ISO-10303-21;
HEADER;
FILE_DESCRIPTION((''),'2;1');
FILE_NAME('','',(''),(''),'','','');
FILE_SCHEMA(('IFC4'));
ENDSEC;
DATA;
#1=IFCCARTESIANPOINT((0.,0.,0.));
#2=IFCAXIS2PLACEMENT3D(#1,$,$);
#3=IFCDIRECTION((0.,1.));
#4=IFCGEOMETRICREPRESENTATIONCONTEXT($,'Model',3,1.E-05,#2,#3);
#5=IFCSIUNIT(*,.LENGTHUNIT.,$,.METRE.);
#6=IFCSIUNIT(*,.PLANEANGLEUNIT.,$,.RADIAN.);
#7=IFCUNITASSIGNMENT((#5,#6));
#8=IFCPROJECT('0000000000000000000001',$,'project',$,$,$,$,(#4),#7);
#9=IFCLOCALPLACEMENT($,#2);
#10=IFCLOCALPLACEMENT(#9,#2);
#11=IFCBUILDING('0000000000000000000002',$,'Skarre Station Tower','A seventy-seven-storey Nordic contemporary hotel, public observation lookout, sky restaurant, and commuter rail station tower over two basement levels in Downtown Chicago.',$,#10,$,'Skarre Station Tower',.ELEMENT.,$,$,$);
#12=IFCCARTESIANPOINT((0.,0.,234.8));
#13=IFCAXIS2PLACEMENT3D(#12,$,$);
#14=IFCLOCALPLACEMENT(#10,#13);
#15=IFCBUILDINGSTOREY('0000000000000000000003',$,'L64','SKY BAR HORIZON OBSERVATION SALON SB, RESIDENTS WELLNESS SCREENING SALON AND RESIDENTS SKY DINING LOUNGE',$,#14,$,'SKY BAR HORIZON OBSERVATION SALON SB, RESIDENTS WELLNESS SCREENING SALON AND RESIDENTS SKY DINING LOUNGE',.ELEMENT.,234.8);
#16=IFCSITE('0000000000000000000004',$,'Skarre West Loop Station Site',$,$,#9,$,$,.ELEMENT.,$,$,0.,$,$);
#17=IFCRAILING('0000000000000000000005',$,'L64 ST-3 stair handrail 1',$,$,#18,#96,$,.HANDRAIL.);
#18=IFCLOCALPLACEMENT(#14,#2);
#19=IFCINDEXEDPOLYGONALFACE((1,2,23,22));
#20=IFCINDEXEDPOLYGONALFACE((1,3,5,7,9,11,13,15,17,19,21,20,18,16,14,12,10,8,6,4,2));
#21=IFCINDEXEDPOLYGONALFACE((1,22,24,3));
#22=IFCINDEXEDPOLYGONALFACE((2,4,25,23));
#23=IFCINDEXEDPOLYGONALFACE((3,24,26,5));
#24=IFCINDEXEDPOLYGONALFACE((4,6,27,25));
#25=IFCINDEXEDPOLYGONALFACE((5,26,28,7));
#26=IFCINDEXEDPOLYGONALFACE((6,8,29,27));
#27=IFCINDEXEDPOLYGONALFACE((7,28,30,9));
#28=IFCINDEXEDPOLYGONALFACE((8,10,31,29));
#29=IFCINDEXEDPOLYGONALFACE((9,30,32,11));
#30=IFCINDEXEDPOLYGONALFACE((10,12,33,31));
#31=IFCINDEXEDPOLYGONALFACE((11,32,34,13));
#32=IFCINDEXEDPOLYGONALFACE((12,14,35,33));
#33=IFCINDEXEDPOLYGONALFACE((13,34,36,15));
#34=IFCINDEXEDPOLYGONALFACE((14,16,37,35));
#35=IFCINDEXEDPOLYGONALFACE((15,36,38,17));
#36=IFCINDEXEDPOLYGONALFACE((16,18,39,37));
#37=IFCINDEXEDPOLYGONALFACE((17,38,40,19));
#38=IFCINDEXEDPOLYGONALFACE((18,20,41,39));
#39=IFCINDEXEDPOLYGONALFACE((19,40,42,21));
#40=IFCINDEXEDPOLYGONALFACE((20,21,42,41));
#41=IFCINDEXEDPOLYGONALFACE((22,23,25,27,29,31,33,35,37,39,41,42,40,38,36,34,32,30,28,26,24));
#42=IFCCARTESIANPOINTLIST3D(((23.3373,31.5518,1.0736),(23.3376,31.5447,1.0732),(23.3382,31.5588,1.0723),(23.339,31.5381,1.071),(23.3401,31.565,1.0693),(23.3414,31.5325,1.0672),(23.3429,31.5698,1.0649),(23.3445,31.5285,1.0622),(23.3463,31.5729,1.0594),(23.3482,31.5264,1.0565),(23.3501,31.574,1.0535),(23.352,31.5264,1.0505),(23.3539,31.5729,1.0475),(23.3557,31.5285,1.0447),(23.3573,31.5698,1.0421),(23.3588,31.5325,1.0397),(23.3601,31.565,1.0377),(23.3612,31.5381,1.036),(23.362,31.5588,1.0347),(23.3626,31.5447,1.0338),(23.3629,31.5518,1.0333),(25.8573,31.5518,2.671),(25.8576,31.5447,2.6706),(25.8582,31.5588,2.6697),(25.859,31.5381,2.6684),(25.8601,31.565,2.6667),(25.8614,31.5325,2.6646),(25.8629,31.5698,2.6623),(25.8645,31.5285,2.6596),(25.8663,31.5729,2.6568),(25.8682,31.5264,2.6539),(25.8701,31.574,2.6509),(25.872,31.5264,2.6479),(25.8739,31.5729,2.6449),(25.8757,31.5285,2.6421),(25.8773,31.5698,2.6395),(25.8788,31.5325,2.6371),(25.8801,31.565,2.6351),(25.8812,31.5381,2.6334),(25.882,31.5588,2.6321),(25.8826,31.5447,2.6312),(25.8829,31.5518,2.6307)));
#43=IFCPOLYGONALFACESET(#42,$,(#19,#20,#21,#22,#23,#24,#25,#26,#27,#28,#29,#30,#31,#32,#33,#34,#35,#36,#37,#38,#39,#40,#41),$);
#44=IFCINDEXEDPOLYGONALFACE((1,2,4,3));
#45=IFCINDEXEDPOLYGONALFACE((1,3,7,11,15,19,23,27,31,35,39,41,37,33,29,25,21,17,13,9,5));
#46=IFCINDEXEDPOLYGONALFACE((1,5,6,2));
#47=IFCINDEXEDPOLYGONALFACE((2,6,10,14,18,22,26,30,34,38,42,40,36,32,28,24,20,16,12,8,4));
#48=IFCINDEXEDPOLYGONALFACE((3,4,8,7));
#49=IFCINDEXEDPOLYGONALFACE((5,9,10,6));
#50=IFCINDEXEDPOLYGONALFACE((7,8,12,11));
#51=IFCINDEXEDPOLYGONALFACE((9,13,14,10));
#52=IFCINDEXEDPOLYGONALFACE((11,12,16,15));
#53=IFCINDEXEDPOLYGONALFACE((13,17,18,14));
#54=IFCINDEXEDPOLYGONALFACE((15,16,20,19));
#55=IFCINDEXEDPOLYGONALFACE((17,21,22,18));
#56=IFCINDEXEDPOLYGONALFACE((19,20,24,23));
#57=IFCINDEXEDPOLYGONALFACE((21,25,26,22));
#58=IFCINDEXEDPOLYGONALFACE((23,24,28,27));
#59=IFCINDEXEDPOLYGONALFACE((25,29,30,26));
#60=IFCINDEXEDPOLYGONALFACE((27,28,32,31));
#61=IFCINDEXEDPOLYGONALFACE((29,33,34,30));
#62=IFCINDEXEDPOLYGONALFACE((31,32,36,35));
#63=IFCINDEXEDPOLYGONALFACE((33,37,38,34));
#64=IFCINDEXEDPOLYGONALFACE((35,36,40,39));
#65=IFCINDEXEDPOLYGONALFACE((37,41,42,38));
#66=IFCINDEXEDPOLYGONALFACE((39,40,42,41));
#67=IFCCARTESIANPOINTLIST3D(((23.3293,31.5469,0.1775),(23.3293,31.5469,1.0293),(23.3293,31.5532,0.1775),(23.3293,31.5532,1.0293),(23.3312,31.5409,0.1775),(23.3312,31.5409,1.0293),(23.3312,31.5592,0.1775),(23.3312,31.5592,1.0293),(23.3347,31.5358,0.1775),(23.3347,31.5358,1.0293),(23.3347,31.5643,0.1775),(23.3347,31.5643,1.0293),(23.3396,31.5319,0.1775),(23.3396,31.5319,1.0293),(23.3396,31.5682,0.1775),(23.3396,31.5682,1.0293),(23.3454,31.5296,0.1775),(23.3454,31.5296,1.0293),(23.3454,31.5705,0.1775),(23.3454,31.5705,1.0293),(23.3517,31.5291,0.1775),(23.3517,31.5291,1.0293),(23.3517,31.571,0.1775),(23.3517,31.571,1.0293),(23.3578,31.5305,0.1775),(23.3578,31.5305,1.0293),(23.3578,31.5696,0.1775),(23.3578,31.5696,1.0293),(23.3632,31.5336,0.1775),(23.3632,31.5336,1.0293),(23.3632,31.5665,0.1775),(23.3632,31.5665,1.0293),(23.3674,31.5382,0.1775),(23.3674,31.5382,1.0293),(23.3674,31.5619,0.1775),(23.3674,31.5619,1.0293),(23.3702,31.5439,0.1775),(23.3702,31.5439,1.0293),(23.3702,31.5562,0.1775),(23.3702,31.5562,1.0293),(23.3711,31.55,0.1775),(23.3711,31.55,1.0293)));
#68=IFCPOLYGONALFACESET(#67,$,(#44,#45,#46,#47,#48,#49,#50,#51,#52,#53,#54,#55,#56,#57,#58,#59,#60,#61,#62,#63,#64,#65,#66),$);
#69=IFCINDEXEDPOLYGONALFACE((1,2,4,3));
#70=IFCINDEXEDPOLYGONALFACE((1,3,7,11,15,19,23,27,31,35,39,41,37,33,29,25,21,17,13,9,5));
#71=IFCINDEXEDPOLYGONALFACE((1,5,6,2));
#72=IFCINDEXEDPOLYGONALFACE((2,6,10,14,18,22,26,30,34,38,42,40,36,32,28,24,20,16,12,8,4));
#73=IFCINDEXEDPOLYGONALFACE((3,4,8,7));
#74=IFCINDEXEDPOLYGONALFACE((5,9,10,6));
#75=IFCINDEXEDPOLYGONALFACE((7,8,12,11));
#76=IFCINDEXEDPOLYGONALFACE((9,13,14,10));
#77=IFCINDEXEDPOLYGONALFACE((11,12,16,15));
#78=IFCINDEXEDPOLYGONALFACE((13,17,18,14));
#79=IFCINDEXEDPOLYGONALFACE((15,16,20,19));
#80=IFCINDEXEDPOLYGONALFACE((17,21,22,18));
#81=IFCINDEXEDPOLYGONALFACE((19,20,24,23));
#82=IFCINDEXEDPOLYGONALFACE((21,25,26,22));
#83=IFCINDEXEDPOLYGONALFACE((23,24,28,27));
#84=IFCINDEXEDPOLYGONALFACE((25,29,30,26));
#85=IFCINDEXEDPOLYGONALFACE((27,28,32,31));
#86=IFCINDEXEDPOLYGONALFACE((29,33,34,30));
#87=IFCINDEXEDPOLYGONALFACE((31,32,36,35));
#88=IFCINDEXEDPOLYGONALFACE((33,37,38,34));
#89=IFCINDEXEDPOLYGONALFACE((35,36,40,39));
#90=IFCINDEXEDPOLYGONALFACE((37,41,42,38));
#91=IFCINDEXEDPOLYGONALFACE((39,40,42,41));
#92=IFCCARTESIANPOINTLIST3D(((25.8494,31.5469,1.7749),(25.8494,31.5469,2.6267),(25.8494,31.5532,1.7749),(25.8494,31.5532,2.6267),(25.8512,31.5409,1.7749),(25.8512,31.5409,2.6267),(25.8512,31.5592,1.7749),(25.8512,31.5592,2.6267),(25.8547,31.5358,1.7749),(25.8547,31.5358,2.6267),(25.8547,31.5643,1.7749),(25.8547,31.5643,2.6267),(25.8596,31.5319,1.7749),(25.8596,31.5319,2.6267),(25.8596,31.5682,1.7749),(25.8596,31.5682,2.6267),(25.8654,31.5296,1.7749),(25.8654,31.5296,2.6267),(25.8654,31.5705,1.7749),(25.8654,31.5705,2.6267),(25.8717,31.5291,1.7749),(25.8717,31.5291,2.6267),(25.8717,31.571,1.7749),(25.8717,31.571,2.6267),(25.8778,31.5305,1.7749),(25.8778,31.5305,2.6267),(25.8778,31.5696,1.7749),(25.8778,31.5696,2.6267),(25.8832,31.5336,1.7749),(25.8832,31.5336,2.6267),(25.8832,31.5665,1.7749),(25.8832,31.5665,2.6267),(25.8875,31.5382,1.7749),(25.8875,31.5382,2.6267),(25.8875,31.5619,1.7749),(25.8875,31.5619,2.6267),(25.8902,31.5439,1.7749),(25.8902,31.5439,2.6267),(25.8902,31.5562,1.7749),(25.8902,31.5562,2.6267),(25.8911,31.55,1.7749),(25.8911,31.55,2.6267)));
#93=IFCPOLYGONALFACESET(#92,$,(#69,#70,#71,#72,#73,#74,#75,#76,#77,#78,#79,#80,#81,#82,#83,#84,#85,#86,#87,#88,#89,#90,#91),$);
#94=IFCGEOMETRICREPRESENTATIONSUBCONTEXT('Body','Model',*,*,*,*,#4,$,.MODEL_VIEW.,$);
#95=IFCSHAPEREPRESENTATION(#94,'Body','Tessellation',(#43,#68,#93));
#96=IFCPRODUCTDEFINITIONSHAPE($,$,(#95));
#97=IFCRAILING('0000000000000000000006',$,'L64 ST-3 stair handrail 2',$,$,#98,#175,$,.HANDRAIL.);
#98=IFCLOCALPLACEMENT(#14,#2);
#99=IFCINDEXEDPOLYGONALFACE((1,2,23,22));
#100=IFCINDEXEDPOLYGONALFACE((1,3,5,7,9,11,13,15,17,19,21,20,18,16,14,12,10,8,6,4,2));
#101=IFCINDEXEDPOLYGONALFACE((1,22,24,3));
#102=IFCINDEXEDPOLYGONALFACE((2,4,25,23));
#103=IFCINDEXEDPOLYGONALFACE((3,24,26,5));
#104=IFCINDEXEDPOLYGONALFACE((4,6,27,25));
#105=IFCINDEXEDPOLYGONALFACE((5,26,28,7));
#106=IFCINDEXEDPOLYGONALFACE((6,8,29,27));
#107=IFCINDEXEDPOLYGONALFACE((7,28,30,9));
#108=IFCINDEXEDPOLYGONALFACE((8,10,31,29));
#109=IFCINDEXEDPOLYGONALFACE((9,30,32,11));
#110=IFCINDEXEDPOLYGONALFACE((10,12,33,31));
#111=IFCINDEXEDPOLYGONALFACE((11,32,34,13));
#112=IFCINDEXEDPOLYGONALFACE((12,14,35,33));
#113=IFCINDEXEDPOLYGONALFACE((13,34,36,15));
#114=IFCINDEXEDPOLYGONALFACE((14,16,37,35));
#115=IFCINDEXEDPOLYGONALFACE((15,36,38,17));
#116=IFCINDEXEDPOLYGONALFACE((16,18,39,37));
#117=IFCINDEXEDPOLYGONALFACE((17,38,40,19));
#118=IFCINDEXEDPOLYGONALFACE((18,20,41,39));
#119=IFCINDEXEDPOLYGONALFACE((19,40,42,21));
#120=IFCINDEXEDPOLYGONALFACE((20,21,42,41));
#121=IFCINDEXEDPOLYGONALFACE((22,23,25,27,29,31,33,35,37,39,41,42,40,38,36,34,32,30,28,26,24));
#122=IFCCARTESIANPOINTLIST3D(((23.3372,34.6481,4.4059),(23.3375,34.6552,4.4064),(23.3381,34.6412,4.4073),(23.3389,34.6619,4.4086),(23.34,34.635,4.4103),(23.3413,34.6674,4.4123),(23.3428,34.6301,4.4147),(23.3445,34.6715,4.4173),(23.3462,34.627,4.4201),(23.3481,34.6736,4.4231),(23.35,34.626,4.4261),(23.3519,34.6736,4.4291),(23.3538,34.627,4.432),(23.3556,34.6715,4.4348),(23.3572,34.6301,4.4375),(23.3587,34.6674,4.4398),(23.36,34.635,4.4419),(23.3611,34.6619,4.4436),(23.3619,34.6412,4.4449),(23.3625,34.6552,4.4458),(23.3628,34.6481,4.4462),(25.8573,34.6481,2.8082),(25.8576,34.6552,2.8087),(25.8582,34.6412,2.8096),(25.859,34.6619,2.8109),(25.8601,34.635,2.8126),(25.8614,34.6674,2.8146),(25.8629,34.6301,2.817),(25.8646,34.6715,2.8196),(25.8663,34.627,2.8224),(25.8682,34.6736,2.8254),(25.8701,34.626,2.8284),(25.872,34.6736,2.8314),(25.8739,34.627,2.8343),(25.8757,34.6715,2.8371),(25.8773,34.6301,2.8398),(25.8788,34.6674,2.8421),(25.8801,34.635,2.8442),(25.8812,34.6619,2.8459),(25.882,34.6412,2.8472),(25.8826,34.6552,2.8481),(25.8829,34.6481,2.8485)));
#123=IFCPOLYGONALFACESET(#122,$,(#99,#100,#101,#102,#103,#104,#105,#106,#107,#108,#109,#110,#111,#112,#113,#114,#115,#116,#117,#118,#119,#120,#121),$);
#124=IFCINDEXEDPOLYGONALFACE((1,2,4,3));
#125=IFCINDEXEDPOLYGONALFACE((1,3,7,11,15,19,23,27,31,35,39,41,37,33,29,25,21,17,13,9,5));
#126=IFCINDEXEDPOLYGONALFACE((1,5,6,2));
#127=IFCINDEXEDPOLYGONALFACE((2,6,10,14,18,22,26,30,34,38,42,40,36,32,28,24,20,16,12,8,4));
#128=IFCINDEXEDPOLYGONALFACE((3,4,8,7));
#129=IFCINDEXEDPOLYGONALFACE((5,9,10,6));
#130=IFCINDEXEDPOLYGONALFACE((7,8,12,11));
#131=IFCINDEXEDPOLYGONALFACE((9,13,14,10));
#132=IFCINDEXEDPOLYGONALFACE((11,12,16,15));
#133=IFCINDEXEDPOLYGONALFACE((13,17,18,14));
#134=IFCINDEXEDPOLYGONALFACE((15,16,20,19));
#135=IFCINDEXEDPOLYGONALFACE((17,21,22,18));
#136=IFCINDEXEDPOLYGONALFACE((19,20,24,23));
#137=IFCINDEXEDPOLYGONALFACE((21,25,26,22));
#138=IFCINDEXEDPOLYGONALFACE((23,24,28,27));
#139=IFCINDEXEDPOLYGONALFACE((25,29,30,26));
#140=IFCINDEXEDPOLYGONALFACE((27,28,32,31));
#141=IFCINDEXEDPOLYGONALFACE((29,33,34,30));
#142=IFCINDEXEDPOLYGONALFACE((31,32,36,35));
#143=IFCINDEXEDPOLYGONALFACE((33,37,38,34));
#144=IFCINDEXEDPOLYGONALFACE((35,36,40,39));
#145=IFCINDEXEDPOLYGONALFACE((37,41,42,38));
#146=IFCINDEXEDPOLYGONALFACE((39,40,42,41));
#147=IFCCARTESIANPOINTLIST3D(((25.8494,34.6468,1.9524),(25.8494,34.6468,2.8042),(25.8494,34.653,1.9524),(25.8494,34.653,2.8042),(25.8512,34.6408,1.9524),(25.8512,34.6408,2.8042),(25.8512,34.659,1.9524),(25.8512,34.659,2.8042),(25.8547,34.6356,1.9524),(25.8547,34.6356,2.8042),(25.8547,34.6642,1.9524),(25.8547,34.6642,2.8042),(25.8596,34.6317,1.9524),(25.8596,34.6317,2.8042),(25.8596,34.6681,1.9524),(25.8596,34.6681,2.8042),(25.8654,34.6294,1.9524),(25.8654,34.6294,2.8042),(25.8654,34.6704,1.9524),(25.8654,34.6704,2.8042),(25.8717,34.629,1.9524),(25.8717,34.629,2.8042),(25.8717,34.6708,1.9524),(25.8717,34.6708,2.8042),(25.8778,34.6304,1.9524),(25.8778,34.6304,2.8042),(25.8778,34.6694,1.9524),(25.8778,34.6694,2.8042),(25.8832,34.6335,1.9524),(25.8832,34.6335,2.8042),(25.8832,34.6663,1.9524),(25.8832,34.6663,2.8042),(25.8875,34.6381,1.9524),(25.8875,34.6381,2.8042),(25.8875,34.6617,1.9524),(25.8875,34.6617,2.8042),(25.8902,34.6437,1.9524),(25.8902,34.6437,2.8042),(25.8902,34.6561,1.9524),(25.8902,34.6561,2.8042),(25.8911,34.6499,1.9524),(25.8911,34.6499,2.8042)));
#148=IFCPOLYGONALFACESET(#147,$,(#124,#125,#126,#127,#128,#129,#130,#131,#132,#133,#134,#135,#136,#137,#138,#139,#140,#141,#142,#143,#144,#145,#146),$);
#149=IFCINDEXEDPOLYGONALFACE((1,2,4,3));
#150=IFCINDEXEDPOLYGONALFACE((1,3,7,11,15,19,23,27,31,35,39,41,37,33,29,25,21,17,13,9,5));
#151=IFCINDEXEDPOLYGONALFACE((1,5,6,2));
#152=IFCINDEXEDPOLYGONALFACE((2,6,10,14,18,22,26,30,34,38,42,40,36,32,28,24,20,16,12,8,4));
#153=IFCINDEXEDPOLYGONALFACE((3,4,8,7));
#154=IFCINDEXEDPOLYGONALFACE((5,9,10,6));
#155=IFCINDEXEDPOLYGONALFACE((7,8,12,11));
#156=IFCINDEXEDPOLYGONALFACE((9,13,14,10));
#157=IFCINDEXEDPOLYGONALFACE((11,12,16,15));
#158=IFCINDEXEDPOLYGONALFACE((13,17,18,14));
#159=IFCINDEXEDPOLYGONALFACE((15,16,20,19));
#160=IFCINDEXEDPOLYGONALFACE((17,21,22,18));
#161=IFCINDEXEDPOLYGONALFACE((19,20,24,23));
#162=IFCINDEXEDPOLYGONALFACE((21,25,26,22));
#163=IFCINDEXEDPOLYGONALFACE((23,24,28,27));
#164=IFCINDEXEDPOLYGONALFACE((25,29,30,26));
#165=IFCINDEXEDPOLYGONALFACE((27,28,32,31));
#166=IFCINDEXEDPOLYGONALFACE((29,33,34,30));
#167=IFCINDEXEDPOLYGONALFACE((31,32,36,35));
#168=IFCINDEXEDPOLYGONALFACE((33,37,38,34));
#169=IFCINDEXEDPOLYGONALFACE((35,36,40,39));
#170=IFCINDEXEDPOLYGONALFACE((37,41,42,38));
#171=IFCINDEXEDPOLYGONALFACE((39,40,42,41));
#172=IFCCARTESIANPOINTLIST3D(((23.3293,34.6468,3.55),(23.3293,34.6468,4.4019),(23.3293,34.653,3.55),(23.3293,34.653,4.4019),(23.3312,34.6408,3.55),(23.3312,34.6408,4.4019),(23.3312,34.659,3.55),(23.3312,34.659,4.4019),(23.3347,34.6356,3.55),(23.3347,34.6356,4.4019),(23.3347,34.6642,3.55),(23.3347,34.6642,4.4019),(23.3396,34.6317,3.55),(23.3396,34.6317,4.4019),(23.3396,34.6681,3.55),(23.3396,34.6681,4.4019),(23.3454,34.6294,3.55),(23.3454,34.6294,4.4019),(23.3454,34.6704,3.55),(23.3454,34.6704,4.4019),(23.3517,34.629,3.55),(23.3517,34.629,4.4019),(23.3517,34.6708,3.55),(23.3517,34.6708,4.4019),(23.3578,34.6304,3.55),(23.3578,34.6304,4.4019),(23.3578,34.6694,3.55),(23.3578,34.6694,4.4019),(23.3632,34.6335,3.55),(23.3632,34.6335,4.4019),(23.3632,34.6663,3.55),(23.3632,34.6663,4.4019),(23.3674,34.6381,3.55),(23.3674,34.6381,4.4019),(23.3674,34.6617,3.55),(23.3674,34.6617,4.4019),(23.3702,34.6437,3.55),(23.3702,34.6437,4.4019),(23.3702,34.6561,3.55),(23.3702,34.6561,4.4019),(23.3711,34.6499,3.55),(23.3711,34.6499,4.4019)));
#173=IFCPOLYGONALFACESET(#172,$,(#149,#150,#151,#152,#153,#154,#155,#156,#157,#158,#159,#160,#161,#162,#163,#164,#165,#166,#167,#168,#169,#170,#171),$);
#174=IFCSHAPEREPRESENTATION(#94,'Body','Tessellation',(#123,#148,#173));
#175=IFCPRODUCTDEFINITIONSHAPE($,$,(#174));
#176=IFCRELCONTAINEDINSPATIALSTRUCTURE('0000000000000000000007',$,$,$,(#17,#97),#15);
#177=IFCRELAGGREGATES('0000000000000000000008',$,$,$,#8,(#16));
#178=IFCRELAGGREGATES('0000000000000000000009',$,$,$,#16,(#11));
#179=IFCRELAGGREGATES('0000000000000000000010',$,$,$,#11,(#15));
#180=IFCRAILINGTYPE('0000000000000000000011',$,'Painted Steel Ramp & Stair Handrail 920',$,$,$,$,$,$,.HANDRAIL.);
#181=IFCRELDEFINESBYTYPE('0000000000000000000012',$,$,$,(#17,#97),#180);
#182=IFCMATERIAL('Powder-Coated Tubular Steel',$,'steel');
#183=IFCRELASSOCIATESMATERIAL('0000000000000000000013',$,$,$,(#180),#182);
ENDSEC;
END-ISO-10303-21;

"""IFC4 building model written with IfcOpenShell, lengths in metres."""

from ifc_helpers import new_model, si_unit, direction, frame, origin, origin_2d, place, context, subcontext, project, spatial, circle, extrude, material, type_object, element, save


model = new_model("IFC4")

# Units and contexts
model_context = context("Model", 3, precision=1e-05, world=origin(), true_north=direction((0.0, 1.0)))
body_context = subcontext(model_context, "Body", "Model", "MODEL_VIEW")
ifc_project = project(units=[si_unit("LENGTHUNIT", "METRE"), si_unit("PLANEANGLEUNIT", "RADIAN")], contexts=[model_context])

# Site, building, storey
site_placement = place(None, origin())
site = spatial("IfcSite", under=ifc_project, at=site_placement, Name="Skarre West Loop Station Site", CompositionType="ELEMENT", RefElevation=0.0)
building_placement = place(site_placement, origin())
building = spatial("IfcBuilding", under=site, at=building_placement, Name="Skarre Station Tower", Description="A seventy-seven-storey Nordic contemporary hotel, public observation lookout, sky restaurant, and commuter rail station tower over two basement levels in Downtown Chicago.", LongName="Skarre Station Tower", CompositionType="ELEMENT")
storey_placement = place(building_placement, frame((0.0, 0.0, 234.8)))
storey = spatial("IfcBuildingStorey", under=building, at=storey_placement, Name="L64", Description="SKY BAR HORIZON OBSERVATION SALON SB, RESIDENTS WELLNESS SCREENING SALON AND RESIDENTS SKY DINING LOUNGE", LongName="SKY BAR HORIZON OBSERVATION SALON SB, RESIDENTS WELLNESS SCREENING SALON AND RESIDENTS SKY DINING LOUNGE", CompositionType="ELEMENT", Elevation=234.8)

# Railings
ifc_material_1 = material(Name="Powder-Coated Tubular Steel", Category="steel")
railing_type_1 = type_object("IfcRailingType", Name="Painted Steel Ramp & Stair Handrail 920", PredefinedType="HANDRAIL", material=ifc_material_1)
railing_1_placement = place(storey_placement, frame((23.3501, 31.55, 0.1775)))
element("IfcRailing", 1, at=railing_1_placement, inside=storey, type_object=railing_type_1, Name="L64 ST-3 stair handrail 1", PredefinedType="HANDRAIL", context=body_context, shape_type="SweptSolid", body=[
    extrude(circle(Radius=0.0239, at=origin_2d()), frame((0.0, 0.0, 0.876), z_axis=(0.844607, 0.0, 0.535387), x_axis=(0.0, 1.0, 0.0)), (0.0, 0.0, 1.0), 2.9836),
    extrude(circle(Radius=0.021, at=origin_2d()), origin(), (0.0, 0.0, 1.0), 0.8518),
    extrude(circle(Radius=0.021, at=origin_2d()), frame((2.52, 0.0, 1.5974)), (0.0, 0.0, 1.0), 0.8518),
])
railing_2_placement = place(storey_placement, frame((25.8701, 34.6499, 1.9524)))
element("IfcRailing", 2, at=railing_2_placement, inside=storey, type_object=railing_type_1, Name="L64 ST-3 stair handrail 2", PredefinedType="HANDRAIL", context=body_context, shape_type="SweptSolid", body=[
    extrude(circle(Radius=0.0239, at=origin_2d()), frame((0.0, 0.0, 0.876), z_axis=(-0.84457, 0.0, 0.535445), x_axis=(0.0, -1.0, 0.0)), (0.0, 0.0, 1.0), 2.9839),
    extrude(circle(Radius=0.021, at=origin_2d()), origin(), (0.0, 0.0, 1.0), 0.8518),
    extrude(circle(Radius=0.021, at=origin_2d()), frame((-2.52, 0.0, 1.5977)), (0.0, 0.0, 1.0), 0.8518),
])

save(model, "model.ifc")
